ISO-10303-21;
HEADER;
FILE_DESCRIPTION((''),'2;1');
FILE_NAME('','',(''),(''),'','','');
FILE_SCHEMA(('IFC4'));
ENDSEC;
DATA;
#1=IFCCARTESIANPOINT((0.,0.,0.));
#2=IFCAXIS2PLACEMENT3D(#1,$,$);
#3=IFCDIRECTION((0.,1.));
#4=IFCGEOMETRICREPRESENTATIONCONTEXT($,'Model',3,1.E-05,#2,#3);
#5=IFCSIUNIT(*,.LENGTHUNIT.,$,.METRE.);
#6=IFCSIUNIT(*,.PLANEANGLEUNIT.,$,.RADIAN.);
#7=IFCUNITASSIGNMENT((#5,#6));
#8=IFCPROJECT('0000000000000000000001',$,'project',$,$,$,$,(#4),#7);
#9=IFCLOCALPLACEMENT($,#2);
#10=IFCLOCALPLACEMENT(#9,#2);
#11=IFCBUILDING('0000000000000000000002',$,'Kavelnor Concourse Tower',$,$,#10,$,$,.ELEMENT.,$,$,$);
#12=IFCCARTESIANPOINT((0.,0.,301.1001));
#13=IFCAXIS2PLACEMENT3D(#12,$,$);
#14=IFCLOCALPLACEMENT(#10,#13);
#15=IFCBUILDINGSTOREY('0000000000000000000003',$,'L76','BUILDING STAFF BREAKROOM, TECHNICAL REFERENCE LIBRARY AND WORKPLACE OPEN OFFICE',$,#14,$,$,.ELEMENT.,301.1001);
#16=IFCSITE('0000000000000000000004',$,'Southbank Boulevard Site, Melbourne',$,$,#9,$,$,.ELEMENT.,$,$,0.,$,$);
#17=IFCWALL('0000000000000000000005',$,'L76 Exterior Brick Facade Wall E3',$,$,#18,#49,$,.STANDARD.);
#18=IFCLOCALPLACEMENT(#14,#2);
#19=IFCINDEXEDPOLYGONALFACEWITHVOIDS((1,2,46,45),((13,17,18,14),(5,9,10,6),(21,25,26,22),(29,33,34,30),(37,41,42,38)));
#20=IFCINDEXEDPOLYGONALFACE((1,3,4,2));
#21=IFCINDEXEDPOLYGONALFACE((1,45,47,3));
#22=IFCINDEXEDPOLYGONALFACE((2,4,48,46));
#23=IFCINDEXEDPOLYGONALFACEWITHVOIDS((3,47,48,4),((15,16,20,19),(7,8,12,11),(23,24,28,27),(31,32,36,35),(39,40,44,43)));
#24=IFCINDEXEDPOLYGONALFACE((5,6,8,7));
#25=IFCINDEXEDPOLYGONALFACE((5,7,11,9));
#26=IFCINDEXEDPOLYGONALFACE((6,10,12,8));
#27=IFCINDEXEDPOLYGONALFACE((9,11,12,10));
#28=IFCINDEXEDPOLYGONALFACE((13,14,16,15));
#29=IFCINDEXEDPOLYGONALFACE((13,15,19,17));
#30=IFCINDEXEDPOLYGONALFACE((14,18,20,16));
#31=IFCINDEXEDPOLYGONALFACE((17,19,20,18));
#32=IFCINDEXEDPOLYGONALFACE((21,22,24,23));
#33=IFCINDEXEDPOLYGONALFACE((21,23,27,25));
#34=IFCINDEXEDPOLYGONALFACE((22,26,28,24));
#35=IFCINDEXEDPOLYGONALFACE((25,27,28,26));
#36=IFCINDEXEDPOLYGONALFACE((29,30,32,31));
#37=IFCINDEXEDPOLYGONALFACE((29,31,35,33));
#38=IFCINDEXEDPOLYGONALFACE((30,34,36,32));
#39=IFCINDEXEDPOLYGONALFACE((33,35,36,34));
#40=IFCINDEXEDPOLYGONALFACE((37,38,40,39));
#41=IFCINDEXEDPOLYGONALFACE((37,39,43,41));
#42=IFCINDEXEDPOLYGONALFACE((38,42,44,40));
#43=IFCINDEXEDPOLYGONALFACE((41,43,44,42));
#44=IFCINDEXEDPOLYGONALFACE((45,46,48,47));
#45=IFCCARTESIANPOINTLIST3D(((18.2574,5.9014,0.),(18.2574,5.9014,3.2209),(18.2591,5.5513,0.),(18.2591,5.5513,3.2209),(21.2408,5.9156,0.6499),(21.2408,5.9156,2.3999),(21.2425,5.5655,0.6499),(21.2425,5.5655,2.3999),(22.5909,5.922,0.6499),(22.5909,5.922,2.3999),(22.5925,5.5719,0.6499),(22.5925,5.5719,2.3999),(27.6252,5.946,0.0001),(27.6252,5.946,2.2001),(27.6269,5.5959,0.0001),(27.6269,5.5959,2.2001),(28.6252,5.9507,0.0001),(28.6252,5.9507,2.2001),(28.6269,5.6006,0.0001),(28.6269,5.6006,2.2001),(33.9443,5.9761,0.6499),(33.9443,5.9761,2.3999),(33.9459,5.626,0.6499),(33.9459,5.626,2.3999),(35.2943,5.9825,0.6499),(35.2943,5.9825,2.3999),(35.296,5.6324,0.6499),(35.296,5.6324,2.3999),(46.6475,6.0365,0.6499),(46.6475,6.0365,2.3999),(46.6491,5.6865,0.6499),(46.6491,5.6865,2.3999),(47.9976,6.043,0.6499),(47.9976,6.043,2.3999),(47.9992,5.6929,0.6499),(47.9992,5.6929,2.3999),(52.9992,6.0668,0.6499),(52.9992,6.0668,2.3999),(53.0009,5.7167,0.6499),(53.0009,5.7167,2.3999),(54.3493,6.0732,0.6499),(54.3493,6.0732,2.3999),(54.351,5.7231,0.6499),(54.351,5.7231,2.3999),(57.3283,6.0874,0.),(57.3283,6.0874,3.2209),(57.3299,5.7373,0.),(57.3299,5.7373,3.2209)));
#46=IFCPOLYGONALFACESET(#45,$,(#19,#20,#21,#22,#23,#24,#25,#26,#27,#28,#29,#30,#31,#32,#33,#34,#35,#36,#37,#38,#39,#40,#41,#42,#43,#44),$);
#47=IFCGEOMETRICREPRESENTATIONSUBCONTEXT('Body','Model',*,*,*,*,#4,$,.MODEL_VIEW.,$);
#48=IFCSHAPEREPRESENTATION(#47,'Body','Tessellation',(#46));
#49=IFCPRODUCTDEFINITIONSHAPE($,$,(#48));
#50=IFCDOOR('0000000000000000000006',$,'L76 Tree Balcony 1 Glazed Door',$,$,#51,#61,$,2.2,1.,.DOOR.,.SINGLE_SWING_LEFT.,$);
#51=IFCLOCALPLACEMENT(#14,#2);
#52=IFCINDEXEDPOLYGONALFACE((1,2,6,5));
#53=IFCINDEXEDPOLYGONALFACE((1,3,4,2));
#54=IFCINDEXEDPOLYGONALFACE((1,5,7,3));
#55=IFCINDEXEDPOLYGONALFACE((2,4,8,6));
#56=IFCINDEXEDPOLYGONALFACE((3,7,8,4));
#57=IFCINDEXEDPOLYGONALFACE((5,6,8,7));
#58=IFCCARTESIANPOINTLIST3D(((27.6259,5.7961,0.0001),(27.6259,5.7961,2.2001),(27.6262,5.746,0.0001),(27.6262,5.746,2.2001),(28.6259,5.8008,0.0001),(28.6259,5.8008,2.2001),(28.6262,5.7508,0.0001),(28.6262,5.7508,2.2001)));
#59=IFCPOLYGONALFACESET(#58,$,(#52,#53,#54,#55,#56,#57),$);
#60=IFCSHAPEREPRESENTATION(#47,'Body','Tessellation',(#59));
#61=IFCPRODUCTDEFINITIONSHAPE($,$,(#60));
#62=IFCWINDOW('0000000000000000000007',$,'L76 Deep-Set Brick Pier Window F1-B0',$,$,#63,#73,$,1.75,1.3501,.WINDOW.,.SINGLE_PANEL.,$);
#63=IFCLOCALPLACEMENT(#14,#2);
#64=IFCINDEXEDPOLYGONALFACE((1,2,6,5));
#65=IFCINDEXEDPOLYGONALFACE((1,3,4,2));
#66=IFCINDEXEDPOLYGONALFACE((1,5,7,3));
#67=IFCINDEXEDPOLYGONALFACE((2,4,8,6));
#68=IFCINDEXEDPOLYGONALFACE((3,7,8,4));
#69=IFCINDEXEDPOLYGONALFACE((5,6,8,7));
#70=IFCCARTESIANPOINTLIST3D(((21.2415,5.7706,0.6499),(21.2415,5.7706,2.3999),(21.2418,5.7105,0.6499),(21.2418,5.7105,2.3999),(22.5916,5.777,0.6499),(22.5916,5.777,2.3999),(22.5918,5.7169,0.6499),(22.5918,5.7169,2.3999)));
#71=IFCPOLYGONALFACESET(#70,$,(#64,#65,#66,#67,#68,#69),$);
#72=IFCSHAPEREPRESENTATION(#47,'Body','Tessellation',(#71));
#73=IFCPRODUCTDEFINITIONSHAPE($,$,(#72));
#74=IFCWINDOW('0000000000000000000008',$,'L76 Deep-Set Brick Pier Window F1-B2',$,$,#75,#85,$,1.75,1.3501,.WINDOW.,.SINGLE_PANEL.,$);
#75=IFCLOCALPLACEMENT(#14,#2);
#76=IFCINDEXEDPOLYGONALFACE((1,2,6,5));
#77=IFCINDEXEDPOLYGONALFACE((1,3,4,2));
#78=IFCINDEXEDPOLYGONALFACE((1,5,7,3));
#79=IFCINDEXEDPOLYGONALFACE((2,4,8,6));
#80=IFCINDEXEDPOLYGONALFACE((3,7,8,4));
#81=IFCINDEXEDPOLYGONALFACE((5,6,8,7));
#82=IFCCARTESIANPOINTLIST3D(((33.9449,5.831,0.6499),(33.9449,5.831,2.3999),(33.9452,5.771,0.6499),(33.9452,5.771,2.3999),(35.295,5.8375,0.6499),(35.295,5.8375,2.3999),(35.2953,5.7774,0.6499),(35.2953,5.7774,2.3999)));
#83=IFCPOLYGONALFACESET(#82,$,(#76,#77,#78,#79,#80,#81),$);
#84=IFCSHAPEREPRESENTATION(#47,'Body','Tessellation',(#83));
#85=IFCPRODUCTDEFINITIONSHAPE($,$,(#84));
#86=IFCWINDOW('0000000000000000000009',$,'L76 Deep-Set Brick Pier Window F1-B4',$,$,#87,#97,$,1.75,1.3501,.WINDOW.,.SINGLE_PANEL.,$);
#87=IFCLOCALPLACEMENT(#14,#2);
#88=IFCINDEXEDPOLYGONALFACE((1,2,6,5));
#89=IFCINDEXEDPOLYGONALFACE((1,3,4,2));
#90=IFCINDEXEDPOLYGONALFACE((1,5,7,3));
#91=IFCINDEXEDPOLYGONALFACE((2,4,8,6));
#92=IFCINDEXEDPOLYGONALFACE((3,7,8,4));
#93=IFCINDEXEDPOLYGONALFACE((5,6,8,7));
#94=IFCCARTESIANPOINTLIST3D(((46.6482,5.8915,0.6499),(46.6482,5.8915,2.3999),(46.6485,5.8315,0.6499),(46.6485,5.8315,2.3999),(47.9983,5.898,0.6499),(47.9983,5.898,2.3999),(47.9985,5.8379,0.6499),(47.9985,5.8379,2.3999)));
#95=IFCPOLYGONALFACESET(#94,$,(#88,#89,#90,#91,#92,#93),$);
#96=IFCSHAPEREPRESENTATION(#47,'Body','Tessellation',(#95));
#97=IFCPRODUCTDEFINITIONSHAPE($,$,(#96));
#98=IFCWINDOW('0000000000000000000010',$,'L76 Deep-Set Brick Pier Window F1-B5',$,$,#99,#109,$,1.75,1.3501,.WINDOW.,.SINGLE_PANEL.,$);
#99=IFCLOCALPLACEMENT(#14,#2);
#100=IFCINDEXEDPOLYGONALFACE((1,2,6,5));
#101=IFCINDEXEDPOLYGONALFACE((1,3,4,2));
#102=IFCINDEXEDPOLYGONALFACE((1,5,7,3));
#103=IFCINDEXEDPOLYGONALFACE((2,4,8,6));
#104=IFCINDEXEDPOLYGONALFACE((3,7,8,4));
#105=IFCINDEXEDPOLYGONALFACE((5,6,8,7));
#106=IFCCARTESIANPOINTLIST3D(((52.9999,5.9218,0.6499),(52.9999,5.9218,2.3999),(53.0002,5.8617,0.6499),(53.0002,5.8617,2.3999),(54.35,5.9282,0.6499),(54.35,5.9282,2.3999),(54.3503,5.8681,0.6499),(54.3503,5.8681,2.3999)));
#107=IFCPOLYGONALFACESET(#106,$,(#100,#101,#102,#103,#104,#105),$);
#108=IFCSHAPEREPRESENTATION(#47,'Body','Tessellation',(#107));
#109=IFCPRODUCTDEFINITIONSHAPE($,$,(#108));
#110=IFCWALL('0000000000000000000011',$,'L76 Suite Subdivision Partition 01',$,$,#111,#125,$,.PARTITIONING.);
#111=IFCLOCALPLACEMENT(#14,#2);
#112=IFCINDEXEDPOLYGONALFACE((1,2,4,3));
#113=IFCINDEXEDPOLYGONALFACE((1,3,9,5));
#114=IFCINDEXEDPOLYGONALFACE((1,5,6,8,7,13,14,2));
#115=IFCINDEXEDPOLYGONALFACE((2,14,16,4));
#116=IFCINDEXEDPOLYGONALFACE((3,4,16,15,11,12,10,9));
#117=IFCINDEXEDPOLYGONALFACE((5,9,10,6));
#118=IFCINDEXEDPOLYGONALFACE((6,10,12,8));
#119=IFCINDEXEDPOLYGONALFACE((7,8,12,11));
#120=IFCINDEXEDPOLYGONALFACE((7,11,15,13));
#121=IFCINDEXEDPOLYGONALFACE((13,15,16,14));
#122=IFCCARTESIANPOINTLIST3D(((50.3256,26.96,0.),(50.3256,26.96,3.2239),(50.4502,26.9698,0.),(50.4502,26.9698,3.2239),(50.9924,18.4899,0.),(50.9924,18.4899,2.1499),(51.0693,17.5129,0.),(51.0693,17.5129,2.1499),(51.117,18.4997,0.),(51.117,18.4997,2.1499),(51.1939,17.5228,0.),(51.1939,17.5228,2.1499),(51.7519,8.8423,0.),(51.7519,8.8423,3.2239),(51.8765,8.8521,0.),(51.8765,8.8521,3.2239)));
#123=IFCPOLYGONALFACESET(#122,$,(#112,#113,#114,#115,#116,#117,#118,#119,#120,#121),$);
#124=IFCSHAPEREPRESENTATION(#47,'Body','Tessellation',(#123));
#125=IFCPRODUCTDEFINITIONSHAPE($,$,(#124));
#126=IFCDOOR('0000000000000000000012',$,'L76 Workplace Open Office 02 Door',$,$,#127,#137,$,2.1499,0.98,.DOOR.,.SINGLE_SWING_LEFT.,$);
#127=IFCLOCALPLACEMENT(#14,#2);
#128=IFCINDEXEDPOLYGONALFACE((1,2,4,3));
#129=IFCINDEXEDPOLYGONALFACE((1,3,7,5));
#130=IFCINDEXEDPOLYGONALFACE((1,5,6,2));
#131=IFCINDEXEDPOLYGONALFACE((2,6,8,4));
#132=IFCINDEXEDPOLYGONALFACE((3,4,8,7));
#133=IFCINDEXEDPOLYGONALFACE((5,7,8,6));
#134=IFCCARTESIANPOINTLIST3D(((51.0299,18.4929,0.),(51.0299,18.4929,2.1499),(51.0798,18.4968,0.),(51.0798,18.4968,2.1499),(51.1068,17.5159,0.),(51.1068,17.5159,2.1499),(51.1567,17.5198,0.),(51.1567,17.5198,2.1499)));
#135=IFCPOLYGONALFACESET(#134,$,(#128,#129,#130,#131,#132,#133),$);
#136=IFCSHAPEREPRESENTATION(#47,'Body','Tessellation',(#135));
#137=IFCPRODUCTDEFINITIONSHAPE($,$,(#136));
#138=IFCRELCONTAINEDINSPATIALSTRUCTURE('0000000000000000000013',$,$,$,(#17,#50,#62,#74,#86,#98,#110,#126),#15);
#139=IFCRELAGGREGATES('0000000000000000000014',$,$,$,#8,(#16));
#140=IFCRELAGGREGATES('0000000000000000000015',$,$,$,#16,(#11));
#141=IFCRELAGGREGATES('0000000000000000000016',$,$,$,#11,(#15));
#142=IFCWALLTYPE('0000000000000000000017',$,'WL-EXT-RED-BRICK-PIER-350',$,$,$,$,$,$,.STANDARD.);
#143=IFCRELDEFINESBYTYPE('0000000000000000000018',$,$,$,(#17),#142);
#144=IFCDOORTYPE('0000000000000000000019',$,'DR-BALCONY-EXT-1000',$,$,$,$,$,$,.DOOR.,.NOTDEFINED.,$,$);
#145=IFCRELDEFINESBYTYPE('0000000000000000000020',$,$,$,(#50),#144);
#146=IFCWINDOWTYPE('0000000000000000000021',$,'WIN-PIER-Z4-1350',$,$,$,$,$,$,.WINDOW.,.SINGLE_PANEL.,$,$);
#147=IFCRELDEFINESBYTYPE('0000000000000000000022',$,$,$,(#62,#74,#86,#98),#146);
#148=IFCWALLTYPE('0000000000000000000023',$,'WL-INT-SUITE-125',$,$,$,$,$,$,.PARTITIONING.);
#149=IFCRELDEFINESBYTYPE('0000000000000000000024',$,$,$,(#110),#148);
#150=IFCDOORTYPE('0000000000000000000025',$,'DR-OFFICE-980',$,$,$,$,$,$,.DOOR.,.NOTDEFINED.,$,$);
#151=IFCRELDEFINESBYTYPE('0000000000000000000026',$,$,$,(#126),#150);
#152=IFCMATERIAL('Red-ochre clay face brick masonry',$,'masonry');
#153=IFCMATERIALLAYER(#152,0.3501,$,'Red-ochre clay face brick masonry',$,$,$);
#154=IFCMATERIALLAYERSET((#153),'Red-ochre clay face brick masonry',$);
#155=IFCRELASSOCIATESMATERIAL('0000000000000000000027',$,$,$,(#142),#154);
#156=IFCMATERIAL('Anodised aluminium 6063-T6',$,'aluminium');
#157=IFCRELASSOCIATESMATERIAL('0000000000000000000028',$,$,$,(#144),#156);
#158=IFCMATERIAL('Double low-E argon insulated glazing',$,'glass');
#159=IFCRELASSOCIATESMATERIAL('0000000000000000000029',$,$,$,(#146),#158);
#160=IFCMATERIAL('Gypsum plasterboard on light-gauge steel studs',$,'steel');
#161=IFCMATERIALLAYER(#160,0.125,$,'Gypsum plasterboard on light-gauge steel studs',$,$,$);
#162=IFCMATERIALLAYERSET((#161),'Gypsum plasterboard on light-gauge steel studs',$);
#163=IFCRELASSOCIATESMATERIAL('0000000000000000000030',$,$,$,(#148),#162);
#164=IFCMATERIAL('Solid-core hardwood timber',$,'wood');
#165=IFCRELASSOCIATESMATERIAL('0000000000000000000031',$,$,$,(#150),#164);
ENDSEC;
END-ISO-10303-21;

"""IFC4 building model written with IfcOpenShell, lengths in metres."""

from ifc_helpers import new_model, si_unit, direction, frame, frame_2d, origin, place, context, subcontext, project, spatial, rectangle, extrude, material, layer, layer_set, type_object, element, fill, save


model = new_model("IFC4")

# Units and contexts
model_context = context("Model", 3, precision=1e-05, world=origin(), true_north=direction((0.0, 1.0)))
body_context = subcontext(model_context, "Body", "Model", "MODEL_VIEW")
ifc_project = project(units=[si_unit("LENGTHUNIT", "METRE"), si_unit("PLANEANGLEUNIT", "RADIAN")], contexts=[model_context])

# Site, building, storey
site_placement = place(None, origin())
site = spatial("IfcSite", under=ifc_project, at=site_placement, Name="Southbank Boulevard Site, Melbourne", CompositionType="ELEMENT", RefElevation=0.0)
building_placement = place(site_placement, origin())
building = spatial("IfcBuilding", under=site, at=building_placement, Name="Kavelnor Concourse Tower", CompositionType="ELEMENT")
storey_placement = place(building_placement, frame((0.0, 0.0, 301.1001)))
storey = spatial("IfcBuildingStorey", under=building, at=storey_placement, Name="L76", Description="BUILDING STAFF BREAKROOM, TECHNICAL REFERENCE LIBRARY AND WORKPLACE OPEN OFFICE", CompositionType="ELEMENT", Elevation=301.1001)

# Shared definitions
ifc_material_1 = material(Name="Double low-E argon insulated glazing", Category="glass")

# Wall, openings, door, windows
ifc_material_2 = material(Name="Red-ochre clay face brick masonry", Category="masonry")
ifc_layer_1 = layer(ifc_material_2, 0.3501, Name="Red-ochre clay face brick masonry")
ifc_layer_set_1 = layer_set([ifc_layer_1], Name="Red-ochre clay face brick masonry")
wall_type_1 = type_object("IfcWallType", Name="WL-EXT-RED-BRICK-PIER-350", PredefinedType="STANDARD", material=ifc_layer_set_1)
wall_1_placement = place(storey_placement, frame((57.3291, 5.9124, 0.0), z_axis=(0.0, 0.0, 1.0), x_axis=(-0.999989, -0.004761, 0.0)))
wall_1 = element("IfcWall", 1, at=wall_1_placement, inside=storey, type_object=wall_type_1, Name="L76 Exterior Brick Facade Wall E3", PredefinedType="STANDARD", context=body_context, shape_type="SweptSolid", body=[
    extrude(rectangle(XDim=39.0713, YDim=0.3501, at=frame_2d((19.5356, 0.0))), origin(), (0.0, 0.0, 1.0), 3.2209),
])
opening_1_placement = place(wall_1_placement, frame((28.7034, 0.0, 0.0)))
opening_1 = element("IfcOpeningElement", 2, at=opening_1_placement, cuts=wall_1, PredefinedType="OPENING", context=body_context, shape_type="SweptSolid", body=[
    extrude(rectangle(XDim=1.0, YDim=2.2, at=frame_2d((0.5, 1.1001))), frame((0.0, 0.1851, 0.0), z_axis=(0.0, -1.0, 0.0), x_axis=(1.0, 0.0, 0.0)), (0.0, 0.0, 1.0), 0.3701),
])
opening_2_placement = place(wall_1_placement, frame((34.7378, 0.0, 0.6499)))
opening_2 = element("IfcOpeningElement", 3, at=opening_2_placement, cuts=wall_1, PredefinedType="OPENING", context=body_context, shape_type="SweptSolid", body=[
    extrude(rectangle(XDim=1.3501, YDim=1.75, at=frame_2d((0.675, 0.875))), frame((0.0, 0.1851, 0.0), z_axis=(0.0, -1.0, 0.0), x_axis=(1.0, 0.0, 0.0)), (0.0, 0.0, 1.0), 0.3701),
])
opening_3_placement = place(wall_1_placement, frame((22.0342, 0.0, 0.6499)))
opening_3 = element("IfcOpeningElement", 4, at=opening_3_placement, cuts=wall_1, PredefinedType="OPENING", context=body_context, shape_type="SweptSolid", body=[
    extrude(rectangle(XDim=1.3501, YDim=1.75, at=frame_2d((0.675, 0.875))), frame((0.0, 0.1851, 0.0), z_axis=(0.0, -1.0, 0.0), x_axis=(1.0, 0.0, 0.0)), (0.0, 0.0, 1.0), 0.3701),
])
opening_4_placement = place(wall_1_placement, frame((9.3308, 0.0, 0.6499)))
opening_4 = element("IfcOpeningElement", 5, at=opening_4_placement, cuts=wall_1, PredefinedType="OPENING", context=body_context, shape_type="SweptSolid", body=[
    extrude(rectangle(XDim=1.3501, YDim=1.75, at=frame_2d((0.675, 0.875))), frame((0.0, 0.1851, 0.0), z_axis=(0.0, -1.0, 0.0), x_axis=(1.0, 0.0, 0.0)), (0.0, 0.0, 1.0), 0.3701),
])
opening_5_placement = place(wall_1_placement, frame((2.979, 0.0, 0.6499)))
opening_5 = element("IfcOpeningElement", 6, at=opening_5_placement, cuts=wall_1, PredefinedType="OPENING", context=body_context, shape_type="SweptSolid", body=[
    extrude(rectangle(XDim=1.3501, YDim=1.75, at=frame_2d((0.675, 0.875))), frame((0.0, 0.1851, 0.0), z_axis=(0.0, -1.0, 0.0), x_axis=(1.0, 0.0, 0.0)), (0.0, 0.0, 1.0), 0.3701),
])
ifc_material_3 = material(Name="Anodised aluminium 6063-T6", Category="aluminium")
door_type_1 = type_object("IfcDoorType", Name="DR-BALCONY-EXT-1000", OperationType="NOTDEFINED", PredefinedType="DOOR", material=ifc_material_3)
door_1_placement = place(opening_1_placement, origin())
door_1 = element("IfcDoor", 7, at=door_1_placement, inside=storey, type_object=door_type_1, Name="L76 Tree Balcony 1 Glazed Door", OperationType="SINGLE_SWING_LEFT", OverallHeight=2.2, OverallWidth=1.0, PredefinedType="DOOR", context=body_context, shape_type="SweptSolid", body=[
    extrude(rectangle(XDim=1.0, YDim=2.2, at=frame_2d((0.5, 1.1001))), frame((0.0, 0.0249, 0.0), z_axis=(0.0, -1.0, 0.0), x_axis=(1.0, 0.0, 0.0)), (0.0, 0.0, 1.0), 0.05),
])
fill(opening_1, door_1)
window_type_1 = type_object("IfcWindowType", Name="WIN-PIER-Z4-1350", PartitioningType="SINGLE_PANEL", PredefinedType="WINDOW", material=ifc_material_1)
window_1_placement = place(opening_2_placement, origin())
window_1 = element("IfcWindow", 8, at=window_1_placement, inside=storey, type_object=window_type_1, Name="L76 Deep-Set Brick Pier Window F1-B0", OverallHeight=1.75, OverallWidth=1.3501, PartitioningType="SINGLE_PANEL", PredefinedType="WINDOW", context=body_context, shape_type="SweptSolid", body=[
    extrude(rectangle(XDim=1.3501, YDim=1.75, at=frame_2d((0.675, 0.875))), frame((0.0, 0.03, 0.0), z_axis=(0.0, -1.0, 0.0), x_axis=(1.0, 0.0, 0.0)), (0.0, 0.0, 1.0), 0.0601),
])
fill(opening_2, window_1)
window_2_placement = place(opening_3_placement, origin())
window_2 = element("IfcWindow", 9, at=window_2_placement, inside=storey, type_object=window_type_1, Name="L76 Deep-Set Brick Pier Window F1-B2", OverallHeight=1.75, OverallWidth=1.3501, PartitioningType="SINGLE_PANEL", PredefinedType="WINDOW", context=body_context, shape_type="SweptSolid", body=[
    extrude(rectangle(XDim=1.3501, YDim=1.75, at=frame_2d((0.675, 0.875))), frame((0.0, 0.03, 0.0), z_axis=(0.0, -1.0, 0.0), x_axis=(1.0, 0.0, 0.0)), (0.0, 0.0, 1.0), 0.0601),
])
fill(opening_3, window_2)
window_3_placement = place(opening_4_placement, origin())
window_3 = element("IfcWindow", 10, at=window_3_placement, inside=storey, type_object=window_type_1, Name="L76 Deep-Set Brick Pier Window F1-B4", OverallHeight=1.75, OverallWidth=1.3501, PartitioningType="SINGLE_PANEL", PredefinedType="WINDOW", context=body_context, shape_type="SweptSolid", body=[
    extrude(rectangle(XDim=1.3501, YDim=1.75, at=frame_2d((0.675, 0.875))), frame((0.0, 0.03, 0.0), z_axis=(0.0, -1.0, 0.0), x_axis=(1.0, 0.0, 0.0)), (0.0, 0.0, 1.0), 0.0601),
])
fill(opening_4, window_3)
window_4_placement = place(opening_5_placement, origin())
window_4 = element("IfcWindow", 11, at=window_4_placement, inside=storey, type_object=window_type_1, Name="L76 Deep-Set Brick Pier Window F1-B5", OverallHeight=1.75, OverallWidth=1.3501, PartitioningType="SINGLE_PANEL", PredefinedType="WINDOW", context=body_context, shape_type="SweptSolid", body=[
    extrude(rectangle(XDim=1.3501, YDim=1.75, at=frame_2d((0.675, 0.875))), frame((0.0, 0.03, 0.0), z_axis=(0.0, -1.0, 0.0), x_axis=(1.0, 0.0, 0.0)), (0.0, 0.0, 1.0), 0.0601),
])
fill(opening_5, window_4)

# Wall, opening, door
ifc_material_4 = material(Name="Gypsum plasterboard on light-gauge steel studs", Category="steel")
ifc_layer_2 = layer(ifc_material_4, 0.125, Name="Gypsum plasterboard on light-gauge steel studs")
ifc_layer_set_2 = layer_set([ifc_layer_2], Name="Gypsum plasterboard on light-gauge steel studs")
wall_type_2 = type_object("IfcWallType", Name="WL-INT-SUITE-125", PredefinedType="PARTITIONING", material=ifc_layer_set_2)
wall_2_placement = place(storey_placement, frame((51.8142, 8.8472, 0.0), z_axis=(0.0, 0.0, 1.0), x_axis=(-0.07848, 0.996916, 0.0)))
wall_2 = element("IfcWall", 12, at=wall_2_placement, inside=storey, type_object=wall_type_2, Name="L76 Suite Subdivision Partition 01", PredefinedType="PARTITIONING", context=body_context, shape_type="SweptSolid", body=[
    extrude(rectangle(XDim=18.1738, YDim=0.125, at=frame_2d((9.0869, 0.0))), origin(), (0.0, 0.0, 1.0), 3.2239),
])
opening_6_placement = place(wall_2_placement, frame((8.6975, 0.0, 0.0)))
opening_6 = element("IfcOpeningElement", 13, at=opening_6_placement, cuts=wall_2, PredefinedType="OPENING", context=body_context, shape_type="SweptSolid", body=[
    extrude(rectangle(XDim=0.98, YDim=2.1499, at=frame_2d((0.49, 1.075))), frame((0.0, 0.0725, 0.0), z_axis=(0.0, -1.0, 0.0), x_axis=(1.0, 0.0, 0.0)), (0.0, 0.0, 1.0), 0.145),
])
ifc_material_5 = material(Name="Solid-core hardwood timber", Category="wood")
door_type_2 = type_object("IfcDoorType", Name="DR-OFFICE-980", OperationType="NOTDEFINED", PredefinedType="DOOR", material=ifc_material_5)
door_2_placement = place(opening_6_placement, origin())
door_2 = element("IfcDoor", 14, at=door_2_placement, inside=storey, type_object=door_type_2, Name="L76 Workplace Open Office 02 Door", OperationType="SINGLE_SWING_LEFT", OverallHeight=2.1499, OverallWidth=0.98, PredefinedType="DOOR", context=body_context, shape_type="SweptSolid", body=[
    extrude(rectangle(XDim=0.98, YDim=2.1499, at=frame_2d((0.49, 1.075))), frame((0.0, 0.0249, 0.0), z_axis=(0.0, -1.0, 0.0), x_axis=(1.0, 0.0, 0.0)), (0.0, 0.0, 1.0), 0.05),
])
fill(opening_6, door_2)

save(model, "model.ifc")
